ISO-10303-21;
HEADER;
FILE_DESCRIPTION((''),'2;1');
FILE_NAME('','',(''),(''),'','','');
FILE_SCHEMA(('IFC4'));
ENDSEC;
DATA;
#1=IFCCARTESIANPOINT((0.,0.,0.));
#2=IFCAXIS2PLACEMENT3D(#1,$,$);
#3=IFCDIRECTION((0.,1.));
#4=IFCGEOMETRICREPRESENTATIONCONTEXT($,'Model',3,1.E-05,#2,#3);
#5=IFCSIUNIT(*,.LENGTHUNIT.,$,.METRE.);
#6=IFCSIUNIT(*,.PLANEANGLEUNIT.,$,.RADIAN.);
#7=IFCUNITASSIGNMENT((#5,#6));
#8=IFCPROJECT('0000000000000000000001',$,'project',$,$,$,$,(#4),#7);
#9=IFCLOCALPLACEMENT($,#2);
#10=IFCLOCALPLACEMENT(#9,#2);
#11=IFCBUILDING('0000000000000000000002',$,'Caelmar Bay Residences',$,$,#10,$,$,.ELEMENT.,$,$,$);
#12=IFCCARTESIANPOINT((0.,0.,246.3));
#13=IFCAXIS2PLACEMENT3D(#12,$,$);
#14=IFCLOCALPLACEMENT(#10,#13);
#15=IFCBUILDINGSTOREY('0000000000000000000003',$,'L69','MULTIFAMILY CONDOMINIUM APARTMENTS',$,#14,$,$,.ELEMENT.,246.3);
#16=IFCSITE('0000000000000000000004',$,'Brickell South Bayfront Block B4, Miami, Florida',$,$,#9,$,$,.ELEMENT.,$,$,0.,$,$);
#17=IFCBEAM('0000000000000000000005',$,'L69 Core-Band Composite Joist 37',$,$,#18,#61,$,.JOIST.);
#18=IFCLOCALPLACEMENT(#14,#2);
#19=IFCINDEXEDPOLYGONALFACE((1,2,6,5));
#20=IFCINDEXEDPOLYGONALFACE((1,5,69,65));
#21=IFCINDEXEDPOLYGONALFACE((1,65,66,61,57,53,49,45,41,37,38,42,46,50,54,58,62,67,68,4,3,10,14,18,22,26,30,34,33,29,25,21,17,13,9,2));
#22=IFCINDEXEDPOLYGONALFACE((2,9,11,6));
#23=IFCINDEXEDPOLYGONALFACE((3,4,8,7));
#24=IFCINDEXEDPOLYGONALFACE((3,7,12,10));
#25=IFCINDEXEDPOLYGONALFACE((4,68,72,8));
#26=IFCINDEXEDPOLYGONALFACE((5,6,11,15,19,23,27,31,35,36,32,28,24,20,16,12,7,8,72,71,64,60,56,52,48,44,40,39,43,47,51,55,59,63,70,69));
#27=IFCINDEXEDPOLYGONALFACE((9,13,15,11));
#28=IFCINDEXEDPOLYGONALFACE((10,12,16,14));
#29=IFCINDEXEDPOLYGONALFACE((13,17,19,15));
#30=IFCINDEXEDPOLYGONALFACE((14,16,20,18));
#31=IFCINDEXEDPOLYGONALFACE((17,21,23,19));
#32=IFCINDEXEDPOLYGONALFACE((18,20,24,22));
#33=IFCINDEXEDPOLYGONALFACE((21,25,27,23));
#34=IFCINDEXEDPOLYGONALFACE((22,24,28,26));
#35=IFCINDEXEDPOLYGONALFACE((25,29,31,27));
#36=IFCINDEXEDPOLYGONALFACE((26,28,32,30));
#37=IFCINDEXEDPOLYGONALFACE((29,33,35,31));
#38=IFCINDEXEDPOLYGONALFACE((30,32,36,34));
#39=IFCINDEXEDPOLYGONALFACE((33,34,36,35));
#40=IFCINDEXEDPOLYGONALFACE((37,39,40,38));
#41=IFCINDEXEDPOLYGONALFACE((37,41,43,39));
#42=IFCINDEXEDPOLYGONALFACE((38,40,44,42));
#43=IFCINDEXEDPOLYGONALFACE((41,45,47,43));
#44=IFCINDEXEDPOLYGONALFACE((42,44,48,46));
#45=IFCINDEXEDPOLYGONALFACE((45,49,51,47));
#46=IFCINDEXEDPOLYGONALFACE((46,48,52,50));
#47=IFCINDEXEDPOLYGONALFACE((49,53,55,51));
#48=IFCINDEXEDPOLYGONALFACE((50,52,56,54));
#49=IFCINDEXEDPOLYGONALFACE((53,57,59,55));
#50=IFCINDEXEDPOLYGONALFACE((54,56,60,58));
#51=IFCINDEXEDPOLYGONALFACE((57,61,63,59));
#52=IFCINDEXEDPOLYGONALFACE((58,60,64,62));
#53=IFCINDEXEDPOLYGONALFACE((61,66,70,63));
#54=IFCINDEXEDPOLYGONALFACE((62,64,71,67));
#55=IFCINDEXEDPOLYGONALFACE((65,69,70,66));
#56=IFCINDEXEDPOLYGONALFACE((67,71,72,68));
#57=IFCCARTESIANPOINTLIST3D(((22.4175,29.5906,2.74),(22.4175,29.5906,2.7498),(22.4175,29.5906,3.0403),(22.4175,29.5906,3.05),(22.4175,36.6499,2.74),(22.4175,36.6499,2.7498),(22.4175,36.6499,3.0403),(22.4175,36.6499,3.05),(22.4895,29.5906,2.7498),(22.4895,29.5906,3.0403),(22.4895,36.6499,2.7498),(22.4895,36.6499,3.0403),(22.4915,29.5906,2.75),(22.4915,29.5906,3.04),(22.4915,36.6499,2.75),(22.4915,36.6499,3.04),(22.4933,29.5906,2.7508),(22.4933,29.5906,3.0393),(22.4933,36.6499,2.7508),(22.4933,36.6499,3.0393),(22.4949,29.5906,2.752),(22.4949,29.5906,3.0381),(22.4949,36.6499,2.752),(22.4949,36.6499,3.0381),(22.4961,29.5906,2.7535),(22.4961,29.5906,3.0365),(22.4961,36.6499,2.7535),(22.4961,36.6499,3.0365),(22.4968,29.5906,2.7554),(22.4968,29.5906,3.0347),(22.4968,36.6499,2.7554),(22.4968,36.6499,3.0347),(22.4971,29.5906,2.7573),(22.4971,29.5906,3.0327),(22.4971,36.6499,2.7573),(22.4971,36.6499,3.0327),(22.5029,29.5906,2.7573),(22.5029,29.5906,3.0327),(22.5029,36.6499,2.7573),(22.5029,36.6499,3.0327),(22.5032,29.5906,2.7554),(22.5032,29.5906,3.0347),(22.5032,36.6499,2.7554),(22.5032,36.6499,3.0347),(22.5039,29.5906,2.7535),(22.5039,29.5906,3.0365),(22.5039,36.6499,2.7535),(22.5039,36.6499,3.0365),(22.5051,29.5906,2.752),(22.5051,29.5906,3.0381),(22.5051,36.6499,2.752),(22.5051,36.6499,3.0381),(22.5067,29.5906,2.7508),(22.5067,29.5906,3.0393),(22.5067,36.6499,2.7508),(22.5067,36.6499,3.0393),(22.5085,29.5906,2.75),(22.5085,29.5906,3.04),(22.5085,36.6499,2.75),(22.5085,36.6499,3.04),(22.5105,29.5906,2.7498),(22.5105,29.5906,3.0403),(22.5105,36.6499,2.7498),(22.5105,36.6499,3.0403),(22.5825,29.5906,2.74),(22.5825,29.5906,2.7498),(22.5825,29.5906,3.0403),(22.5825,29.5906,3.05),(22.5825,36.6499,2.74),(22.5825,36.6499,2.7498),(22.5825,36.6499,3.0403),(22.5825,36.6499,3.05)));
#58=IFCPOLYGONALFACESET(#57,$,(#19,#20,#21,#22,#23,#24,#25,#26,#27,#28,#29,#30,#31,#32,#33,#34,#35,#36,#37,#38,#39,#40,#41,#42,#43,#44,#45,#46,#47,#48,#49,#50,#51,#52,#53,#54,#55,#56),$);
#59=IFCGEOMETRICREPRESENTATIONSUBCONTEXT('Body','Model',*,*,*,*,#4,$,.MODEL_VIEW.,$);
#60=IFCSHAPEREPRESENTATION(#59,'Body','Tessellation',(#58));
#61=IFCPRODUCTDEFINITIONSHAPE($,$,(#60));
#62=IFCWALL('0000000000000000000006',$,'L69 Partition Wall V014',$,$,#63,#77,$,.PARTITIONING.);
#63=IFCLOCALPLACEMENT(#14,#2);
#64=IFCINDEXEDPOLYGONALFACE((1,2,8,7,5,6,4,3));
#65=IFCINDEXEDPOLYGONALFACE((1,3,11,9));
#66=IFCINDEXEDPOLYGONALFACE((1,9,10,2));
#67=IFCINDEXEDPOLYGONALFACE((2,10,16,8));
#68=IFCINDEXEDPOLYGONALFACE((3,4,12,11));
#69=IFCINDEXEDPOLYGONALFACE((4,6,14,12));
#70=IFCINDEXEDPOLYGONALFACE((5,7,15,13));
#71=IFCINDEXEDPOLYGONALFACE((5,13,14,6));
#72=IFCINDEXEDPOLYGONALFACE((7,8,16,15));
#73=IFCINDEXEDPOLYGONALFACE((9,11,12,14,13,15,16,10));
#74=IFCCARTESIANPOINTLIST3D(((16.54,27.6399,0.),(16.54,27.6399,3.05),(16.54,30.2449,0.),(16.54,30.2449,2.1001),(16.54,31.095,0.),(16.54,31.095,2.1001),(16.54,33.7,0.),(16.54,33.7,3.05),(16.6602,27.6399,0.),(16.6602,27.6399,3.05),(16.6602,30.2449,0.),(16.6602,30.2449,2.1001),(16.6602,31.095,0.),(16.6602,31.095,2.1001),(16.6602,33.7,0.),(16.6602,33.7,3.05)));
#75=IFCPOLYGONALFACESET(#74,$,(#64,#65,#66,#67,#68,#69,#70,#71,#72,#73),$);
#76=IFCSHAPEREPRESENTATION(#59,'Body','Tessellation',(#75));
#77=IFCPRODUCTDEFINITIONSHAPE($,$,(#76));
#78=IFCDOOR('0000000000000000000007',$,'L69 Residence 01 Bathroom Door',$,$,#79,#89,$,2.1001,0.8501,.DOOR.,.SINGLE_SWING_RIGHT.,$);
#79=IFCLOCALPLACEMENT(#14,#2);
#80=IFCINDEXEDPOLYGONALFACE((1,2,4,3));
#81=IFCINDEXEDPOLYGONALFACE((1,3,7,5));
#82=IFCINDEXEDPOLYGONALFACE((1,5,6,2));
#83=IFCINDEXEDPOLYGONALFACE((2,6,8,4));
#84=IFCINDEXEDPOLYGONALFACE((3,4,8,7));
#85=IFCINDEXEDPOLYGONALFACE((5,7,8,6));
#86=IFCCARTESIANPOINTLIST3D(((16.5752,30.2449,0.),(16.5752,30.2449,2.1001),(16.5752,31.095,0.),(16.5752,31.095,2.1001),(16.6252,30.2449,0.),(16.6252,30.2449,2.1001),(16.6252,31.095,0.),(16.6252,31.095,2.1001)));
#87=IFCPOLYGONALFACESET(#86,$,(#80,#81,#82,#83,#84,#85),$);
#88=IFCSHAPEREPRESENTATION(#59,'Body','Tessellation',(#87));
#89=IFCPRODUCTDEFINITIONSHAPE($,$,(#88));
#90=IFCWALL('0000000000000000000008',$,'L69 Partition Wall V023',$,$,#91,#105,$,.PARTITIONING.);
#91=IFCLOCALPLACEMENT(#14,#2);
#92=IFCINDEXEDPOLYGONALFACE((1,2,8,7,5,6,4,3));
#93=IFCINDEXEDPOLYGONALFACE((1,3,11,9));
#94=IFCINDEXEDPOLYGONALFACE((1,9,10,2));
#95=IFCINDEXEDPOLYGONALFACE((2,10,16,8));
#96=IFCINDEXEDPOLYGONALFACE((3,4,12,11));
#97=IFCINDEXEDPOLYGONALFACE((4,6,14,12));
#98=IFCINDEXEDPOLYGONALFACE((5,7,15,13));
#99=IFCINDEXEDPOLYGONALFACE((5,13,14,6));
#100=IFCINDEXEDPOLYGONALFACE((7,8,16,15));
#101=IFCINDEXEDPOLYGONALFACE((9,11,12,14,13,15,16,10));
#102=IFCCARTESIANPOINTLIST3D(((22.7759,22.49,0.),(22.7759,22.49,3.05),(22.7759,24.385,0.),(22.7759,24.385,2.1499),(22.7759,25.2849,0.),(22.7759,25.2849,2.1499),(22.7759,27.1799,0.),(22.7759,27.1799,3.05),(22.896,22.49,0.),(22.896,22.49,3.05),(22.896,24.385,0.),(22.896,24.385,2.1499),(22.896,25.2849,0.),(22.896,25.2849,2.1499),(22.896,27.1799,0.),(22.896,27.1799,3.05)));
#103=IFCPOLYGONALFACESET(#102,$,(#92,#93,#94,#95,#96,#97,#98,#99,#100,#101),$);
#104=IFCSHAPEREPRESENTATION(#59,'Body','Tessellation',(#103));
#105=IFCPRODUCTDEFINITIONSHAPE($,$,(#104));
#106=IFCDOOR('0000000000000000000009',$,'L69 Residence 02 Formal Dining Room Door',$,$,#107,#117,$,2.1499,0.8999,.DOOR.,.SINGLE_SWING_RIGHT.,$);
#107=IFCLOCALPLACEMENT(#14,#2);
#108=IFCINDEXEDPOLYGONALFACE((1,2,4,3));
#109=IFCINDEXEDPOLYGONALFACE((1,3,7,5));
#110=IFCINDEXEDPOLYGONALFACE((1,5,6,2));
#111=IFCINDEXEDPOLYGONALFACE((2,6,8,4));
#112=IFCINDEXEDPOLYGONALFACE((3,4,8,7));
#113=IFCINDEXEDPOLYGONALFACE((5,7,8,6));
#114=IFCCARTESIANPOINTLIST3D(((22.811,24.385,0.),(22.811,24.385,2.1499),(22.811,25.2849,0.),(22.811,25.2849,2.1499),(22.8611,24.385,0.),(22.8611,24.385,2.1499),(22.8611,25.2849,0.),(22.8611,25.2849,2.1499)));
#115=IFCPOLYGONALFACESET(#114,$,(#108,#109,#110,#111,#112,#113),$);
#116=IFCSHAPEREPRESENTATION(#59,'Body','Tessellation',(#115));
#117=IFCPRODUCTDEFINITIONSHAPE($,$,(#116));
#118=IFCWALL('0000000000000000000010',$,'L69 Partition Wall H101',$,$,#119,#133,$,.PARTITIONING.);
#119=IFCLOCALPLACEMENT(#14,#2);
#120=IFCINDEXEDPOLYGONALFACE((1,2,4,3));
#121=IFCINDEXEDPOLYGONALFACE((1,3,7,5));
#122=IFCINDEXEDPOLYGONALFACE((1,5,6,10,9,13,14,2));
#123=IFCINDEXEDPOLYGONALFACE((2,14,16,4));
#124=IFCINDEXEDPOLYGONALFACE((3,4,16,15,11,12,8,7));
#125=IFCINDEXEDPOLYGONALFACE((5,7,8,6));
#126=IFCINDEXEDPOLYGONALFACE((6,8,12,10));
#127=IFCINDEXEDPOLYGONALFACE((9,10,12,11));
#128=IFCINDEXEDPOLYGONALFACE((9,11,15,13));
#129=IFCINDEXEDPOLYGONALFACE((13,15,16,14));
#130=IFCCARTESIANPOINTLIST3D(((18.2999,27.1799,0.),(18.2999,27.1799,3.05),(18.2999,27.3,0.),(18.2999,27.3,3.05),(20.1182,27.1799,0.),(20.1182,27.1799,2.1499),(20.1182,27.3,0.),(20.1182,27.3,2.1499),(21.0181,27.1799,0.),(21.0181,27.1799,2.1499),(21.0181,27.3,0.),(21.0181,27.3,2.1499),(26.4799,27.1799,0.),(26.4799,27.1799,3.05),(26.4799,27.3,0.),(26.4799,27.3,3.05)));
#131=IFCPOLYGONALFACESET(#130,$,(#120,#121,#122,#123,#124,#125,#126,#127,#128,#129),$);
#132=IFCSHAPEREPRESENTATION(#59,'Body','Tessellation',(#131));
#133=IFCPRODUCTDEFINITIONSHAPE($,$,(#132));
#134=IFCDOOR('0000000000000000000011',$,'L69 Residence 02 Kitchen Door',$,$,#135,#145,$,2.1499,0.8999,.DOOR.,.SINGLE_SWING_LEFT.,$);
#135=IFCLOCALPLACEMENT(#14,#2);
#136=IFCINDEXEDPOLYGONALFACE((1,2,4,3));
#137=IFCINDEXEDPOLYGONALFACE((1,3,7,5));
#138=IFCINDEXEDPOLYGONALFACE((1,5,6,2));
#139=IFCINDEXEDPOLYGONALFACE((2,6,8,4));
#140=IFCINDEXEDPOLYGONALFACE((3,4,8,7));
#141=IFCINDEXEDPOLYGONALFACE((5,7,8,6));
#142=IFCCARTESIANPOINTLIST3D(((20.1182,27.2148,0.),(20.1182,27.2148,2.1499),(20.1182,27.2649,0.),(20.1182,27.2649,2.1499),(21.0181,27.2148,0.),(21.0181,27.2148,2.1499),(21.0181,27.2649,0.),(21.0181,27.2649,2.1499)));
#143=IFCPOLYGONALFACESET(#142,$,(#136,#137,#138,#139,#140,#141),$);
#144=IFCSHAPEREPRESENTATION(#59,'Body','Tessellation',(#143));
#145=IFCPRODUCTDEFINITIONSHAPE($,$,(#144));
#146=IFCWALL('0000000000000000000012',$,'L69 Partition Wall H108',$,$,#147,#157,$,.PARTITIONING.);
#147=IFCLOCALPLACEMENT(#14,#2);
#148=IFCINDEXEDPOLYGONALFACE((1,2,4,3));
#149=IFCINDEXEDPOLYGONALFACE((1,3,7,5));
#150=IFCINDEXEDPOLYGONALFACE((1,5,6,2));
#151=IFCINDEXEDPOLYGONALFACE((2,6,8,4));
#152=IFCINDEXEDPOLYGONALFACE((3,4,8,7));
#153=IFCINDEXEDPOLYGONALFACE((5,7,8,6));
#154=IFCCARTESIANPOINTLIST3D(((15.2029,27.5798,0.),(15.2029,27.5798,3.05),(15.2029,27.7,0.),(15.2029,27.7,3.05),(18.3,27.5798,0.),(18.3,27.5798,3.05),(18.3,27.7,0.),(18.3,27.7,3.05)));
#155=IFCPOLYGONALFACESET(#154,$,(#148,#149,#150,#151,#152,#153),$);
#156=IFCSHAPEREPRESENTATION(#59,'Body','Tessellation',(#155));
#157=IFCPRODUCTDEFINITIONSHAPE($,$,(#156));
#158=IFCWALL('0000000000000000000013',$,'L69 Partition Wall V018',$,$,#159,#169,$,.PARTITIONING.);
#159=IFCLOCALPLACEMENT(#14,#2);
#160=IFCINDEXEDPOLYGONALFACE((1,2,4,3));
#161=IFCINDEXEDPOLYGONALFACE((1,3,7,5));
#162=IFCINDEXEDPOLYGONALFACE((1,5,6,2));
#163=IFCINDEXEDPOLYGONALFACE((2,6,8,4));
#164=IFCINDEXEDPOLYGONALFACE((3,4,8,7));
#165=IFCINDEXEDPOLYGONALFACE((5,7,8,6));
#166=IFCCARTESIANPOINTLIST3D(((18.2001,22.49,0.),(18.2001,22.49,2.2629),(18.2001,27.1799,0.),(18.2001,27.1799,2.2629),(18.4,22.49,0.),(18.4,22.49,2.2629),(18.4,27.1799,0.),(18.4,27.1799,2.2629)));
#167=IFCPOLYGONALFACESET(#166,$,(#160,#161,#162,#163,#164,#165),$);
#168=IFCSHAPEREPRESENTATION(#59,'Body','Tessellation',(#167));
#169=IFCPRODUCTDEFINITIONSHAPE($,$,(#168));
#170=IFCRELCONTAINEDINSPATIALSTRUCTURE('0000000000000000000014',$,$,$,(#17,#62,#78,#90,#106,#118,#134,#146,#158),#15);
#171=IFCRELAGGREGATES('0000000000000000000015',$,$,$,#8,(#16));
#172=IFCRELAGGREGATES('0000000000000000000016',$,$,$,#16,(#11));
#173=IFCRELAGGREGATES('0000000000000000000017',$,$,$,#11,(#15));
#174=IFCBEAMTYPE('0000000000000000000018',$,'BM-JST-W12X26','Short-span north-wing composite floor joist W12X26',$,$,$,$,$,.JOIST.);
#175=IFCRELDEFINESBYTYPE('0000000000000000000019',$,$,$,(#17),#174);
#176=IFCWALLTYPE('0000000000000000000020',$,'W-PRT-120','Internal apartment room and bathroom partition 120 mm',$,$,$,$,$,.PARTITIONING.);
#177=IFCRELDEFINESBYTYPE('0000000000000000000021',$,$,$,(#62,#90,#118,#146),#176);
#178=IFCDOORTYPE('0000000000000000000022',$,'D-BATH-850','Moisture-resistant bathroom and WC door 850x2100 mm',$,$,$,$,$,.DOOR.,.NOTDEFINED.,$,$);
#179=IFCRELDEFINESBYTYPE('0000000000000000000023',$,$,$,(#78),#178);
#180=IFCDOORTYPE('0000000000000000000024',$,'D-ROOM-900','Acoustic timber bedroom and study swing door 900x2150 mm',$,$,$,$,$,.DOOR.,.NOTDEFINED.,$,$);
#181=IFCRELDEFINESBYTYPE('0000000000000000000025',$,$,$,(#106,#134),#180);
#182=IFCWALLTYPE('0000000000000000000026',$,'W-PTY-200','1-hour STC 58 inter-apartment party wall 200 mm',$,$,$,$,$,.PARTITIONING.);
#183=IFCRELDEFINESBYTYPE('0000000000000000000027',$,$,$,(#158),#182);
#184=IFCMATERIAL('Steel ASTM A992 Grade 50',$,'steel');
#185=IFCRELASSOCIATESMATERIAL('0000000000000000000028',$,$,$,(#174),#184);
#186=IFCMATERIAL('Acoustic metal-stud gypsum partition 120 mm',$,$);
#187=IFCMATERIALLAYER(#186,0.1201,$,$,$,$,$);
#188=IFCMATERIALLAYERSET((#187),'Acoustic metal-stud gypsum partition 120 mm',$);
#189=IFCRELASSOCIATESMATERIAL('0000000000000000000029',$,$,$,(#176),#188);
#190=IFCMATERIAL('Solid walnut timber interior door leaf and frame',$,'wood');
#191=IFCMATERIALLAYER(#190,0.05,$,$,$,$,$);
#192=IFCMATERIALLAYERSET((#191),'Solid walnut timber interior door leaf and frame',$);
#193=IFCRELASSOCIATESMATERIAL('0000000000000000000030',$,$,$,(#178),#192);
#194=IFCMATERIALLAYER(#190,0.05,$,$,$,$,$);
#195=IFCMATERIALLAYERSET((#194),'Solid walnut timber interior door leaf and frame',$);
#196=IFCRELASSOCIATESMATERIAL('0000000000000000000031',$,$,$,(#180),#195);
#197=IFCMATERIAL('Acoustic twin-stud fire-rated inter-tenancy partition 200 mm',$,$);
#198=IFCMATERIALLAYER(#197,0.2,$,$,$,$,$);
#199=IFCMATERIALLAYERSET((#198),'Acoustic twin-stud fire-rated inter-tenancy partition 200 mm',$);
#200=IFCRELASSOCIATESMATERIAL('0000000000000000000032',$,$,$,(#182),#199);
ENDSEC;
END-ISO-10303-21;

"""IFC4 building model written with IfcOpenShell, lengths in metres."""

from ifc_helpers import new_model, si_unit, direction, frame, frame_2d, origin, origin_2d, place, context, subcontext, project, spatial, rectangle, i_section, extrude, material, layer, layer_set, material_profile, profile_set, type_object, element, fill, save


model = new_model("IFC4")

# Units and contexts
model_context = context("Model", 3, precision=1e-05, world=origin(), true_north=direction((0.0, 1.0)))
body_context = subcontext(model_context, "Body", "Model", "MODEL_VIEW")
ifc_project = project(units=[si_unit("LENGTHUNIT", "METRE"), si_unit("PLANEANGLEUNIT", "RADIAN")], contexts=[model_context])

# Site, building, storey
site_placement = place(None, origin())
site = spatial("IfcSite", under=ifc_project, at=site_placement, Name="Brickell South Bayfront Block B4, Miami, Florida", CompositionType="ELEMENT", RefElevation=0.0)
building_placement = place(site_placement, origin())
building = spatial("IfcBuilding", under=site, at=building_placement, Name="Caelmar Bay Residences", CompositionType="ELEMENT")
storey_placement = place(building_placement, frame((0.0, 0.0, 246.3)))
storey = spatial("IfcBuildingStorey", under=building, at=storey_placement, Name="L69", Description="MULTIFAMILY CONDOMINIUM APARTMENTS", CompositionType="ELEMENT", Elevation=246.3)

# Beam
ifc_material_1 = material(Name="Steel ASTM A992 Grade 50", Category="steel")
ifc_material_profile_1 = material_profile(ifc_material_1, i_section(OverallWidth=0.165, OverallDepth=0.3101, WebThickness=0.0059, FlangeThickness=0.0098, FilletRadius=0.0076, at=origin_2d()), Name="W12X26")
ifc_profile_set_1 = profile_set([ifc_material_profile_1], Name="Steel ASTM A992 Grade 50")
beam_type_1 = type_object("IfcBeamType", Name="BM-JST-W12X26", Description="Short-span north-wing composite floor joist W12X26", PredefinedType="JOIST", material=ifc_profile_set_1)
beam_1_placement = place(storey_placement, frame((22.5, 29.5906, 2.895), z_axis=(0.0, 1.0, 0.0), x_axis=(-1.0, 0.0, 0.0)))
element("IfcBeam", 1, at=beam_1_placement, inside=storey, type_object=beam_type_1, Name="L69 Core-Band Composite Joist 37", PredefinedType="JOIST", context=body_context, shape_type="SweptSolid", body=[
    extrude(i_section(OverallWidth=0.165, OverallDepth=0.3101, WebThickness=0.0059, FlangeThickness=0.0098, FilletRadius=0.0076, at=origin_2d()), origin(), (0.0, 0.0, 1.0), 7.0593),
])

# Walls, openings, doors
ifc_material_2 = material(Name="Acoustic metal-stud gypsum partition 120 mm")
ifc_layer_1 = layer(ifc_material_2, 0.1201)
ifc_layer_set_1 = layer_set([ifc_layer_1], Name="Acoustic metal-stud gypsum partition 120 mm")
wall_type_1 = type_object("IfcWallType", Name="W-PRT-120", Description="Internal apartment room and bathroom partition 120 mm", PredefinedType="PARTITIONING", material=ifc_layer_set_1)
wall_1_placement = place(storey_placement, frame((16.6001, 27.6399, 0.0), z_axis=(0.0, 0.0, 1.0), x_axis=(0.0, 1.0, 0.0)))
wall_1 = element("IfcWall", 2, at=wall_1_placement, inside=storey, type_object=wall_type_1, Name="L69 Partition Wall V014", PredefinedType="PARTITIONING", context=body_context, shape_type="SweptSolid", body=[
    extrude(rectangle(XDim=6.0601, YDim=0.1201, at=frame_2d((3.03, 0.0))), origin(), (0.0, 0.0, 1.0), 3.05),
])
opening_1_placement = place(wall_1_placement, frame((2.605, 0.0, 0.0)))
opening_1 = element("IfcOpeningElement", 3, at=opening_1_placement, cuts=wall_1, PredefinedType="OPENING", context=body_context, shape_type="SweptSolid", body=[
    extrude(rectangle(XDim=0.8501, YDim=2.1001, at=frame_2d((0.425, 1.05))), frame((0.0, 0.0701, 0.0), z_axis=(0.0, -1.0, 0.0), x_axis=(1.0, 0.0, 0.0)), (0.0, 0.0, 1.0), 0.1401),
])
ifc_material_3 = material(Name="Solid walnut timber interior door leaf and frame", Category="wood")
ifc_layer_2 = layer(ifc_material_3, 0.05)
ifc_layer_set_2 = layer_set([ifc_layer_2], Name="Solid walnut timber interior door leaf and frame")
door_type_1 = type_object("IfcDoorType", Name="D-BATH-850", Description="Moisture-resistant bathroom and WC door 850x2100 mm", OperationType="NOTDEFINED", PredefinedType="DOOR", material=ifc_layer_set_2)
door_1_placement = place(opening_1_placement, origin())
door_1 = element("IfcDoor", 4, at=door_1_placement, inside=storey, type_object=door_type_1, Name="L69 Residence 01 Bathroom Door", OperationType="SINGLE_SWING_RIGHT", OverallHeight=2.1001, OverallWidth=0.8501, PredefinedType="DOOR", context=body_context, shape_type="SweptSolid", body=[
    extrude(rectangle(XDim=0.8501, YDim=2.1001, at=frame_2d((0.425, 1.05))), frame((0.0, 0.0249, 0.0), z_axis=(0.0, -1.0, 0.0), x_axis=(1.0, 0.0, 0.0)), (0.0, 0.0, 1.0), 0.05),
])
fill(opening_1, door_1)
wall_2_placement = place(storey_placement, frame((22.8359, 22.49, 0.0), z_axis=(0.0, 0.0, 1.0), x_axis=(0.0, 1.0, 0.0)))
wall_2 = element("IfcWall", 5, at=wall_2_placement, inside=storey, type_object=wall_type_1, Name="L69 Partition Wall V023", PredefinedType="PARTITIONING", context=body_context, shape_type="SweptSolid", body=[
    extrude(rectangle(XDim=4.6899, YDim=0.1201, at=frame_2d((2.345, 0.0))), origin(), (0.0, 0.0, 1.0), 3.05),
])
opening_2_placement = place(wall_2_placement, frame((1.895, 0.0, 0.0)))
opening_2 = element("IfcOpeningElement", 6, at=opening_2_placement, cuts=wall_2, PredefinedType="OPENING", context=body_context, shape_type="SweptSolid", body=[
    extrude(rectangle(XDim=0.8999, YDim=2.1499, at=frame_2d((0.45, 1.075))), frame((0.0, 0.0701, 0.0), z_axis=(0.0, -1.0, 0.0), x_axis=(1.0, 0.0, 0.0)), (0.0, 0.0, 1.0), 0.1401),
])
ifc_layer_3 = layer(ifc_material_3, 0.05)
ifc_layer_set_3 = layer_set([ifc_layer_3], Name="Solid walnut timber interior door leaf and frame")
door_type_2 = type_object("IfcDoorType", Name="D-ROOM-900", Description="Acoustic timber bedroom and study swing door 900x2150 mm", OperationType="NOTDEFINED", PredefinedType="DOOR", material=ifc_layer_set_3)
door_2_placement = place(opening_2_placement, origin())
door_2 = element("IfcDoor", 7, at=door_2_placement, inside=storey, type_object=door_type_2, Name="L69 Residence 02 Formal Dining Room Door", OperationType="SINGLE_SWING_RIGHT", OverallHeight=2.1499, OverallWidth=0.8999, PredefinedType="DOOR", context=body_context, shape_type="SweptSolid", body=[
    extrude(rectangle(XDim=0.8999, YDim=2.1499, at=frame_2d((0.45, 1.075))), frame((0.0, 0.0249, 0.0), z_axis=(0.0, -1.0, 0.0), x_axis=(1.0, 0.0, 0.0)), (0.0, 0.0, 1.0), 0.05),
])
fill(opening_2, door_2)
wall_3_placement = place(storey_placement, frame((18.3, 27.24, 0.0), z_axis=(0.0, 0.0, 1.0), x_axis=(1.0, 0.0, 0.0)))
wall_3 = element("IfcWall", 8, at=wall_3_placement, inside=storey, type_object=wall_type_1, Name="L69 Partition Wall H101", PredefinedType="PARTITIONING", context=body_context, shape_type="SweptSolid", body=[
    extrude(rectangle(XDim=8.1799, YDim=0.1201, at=frame_2d((4.0898, 0.0))), origin(), (0.0, 0.0, 1.0), 3.05),
])
opening_3_placement = place(wall_3_placement, frame((1.8181, 0.0, 0.0)))
opening_3 = element("IfcOpeningElement", 9, at=opening_3_placement, cuts=wall_3, PredefinedType="OPENING", context=body_context, shape_type="SweptSolid", body=[
    extrude(rectangle(XDim=0.8999, YDim=2.1499, at=frame_2d((0.45, 1.075))), frame((0.0, 0.0701, 0.0), z_axis=(0.0, -1.0, 0.0), x_axis=(1.0, 0.0, 0.0)), (0.0, 0.0, 1.0), 0.1401),
])
door_3_placement = place(opening_3_placement, origin())
door_3 = element("IfcDoor", 10, at=door_3_placement, inside=storey, type_object=door_type_2, Name="L69 Residence 02 Kitchen Door", OperationType="SINGLE_SWING_LEFT", OverallHeight=2.1499, OverallWidth=0.8999, PredefinedType="DOOR", context=body_context, shape_type="SweptSolid", body=[
    extrude(rectangle(XDim=0.8999, YDim=2.1499, at=frame_2d((0.45, 1.075))), frame((0.0, 0.0249, 0.0), z_axis=(0.0, -1.0, 0.0), x_axis=(1.0, 0.0, 0.0)), (0.0, 0.0, 1.0), 0.05),
])
fill(opening_3, door_3)

# Walls
wall_4_placement = place(storey_placement, frame((15.2029, 27.6399, 0.0), z_axis=(0.0, 0.0, 1.0), x_axis=(1.0, 0.0, 0.0)))
element("IfcWall", 11, at=wall_4_placement, inside=storey, type_object=wall_type_1, Name="L69 Partition Wall H108", PredefinedType="PARTITIONING", context=body_context, shape_type="SweptSolid", body=[
    extrude(rectangle(XDim=3.0972, YDim=0.1201, at=frame_2d((1.5486, 0.0))), origin(), (0.0, 0.0, 1.0), 3.05),
])
ifc_material_4 = material(Name="Acoustic twin-stud fire-rated inter-tenancy partition 200 mm")
ifc_layer_4 = layer(ifc_material_4, 0.2)
ifc_layer_set_4 = layer_set([ifc_layer_4], Name="Acoustic twin-stud fire-rated inter-tenancy partition 200 mm")
wall_type_2 = type_object("IfcWallType", Name="W-PTY-200", Description="1-hour STC 58 inter-apartment party wall 200 mm", PredefinedType="PARTITIONING", material=ifc_layer_set_4)
wall_5_placement = place(storey_placement, frame((18.3, 22.49, 0.0), z_axis=(0.0, 0.0, 1.0), x_axis=(0.0, 1.0, 0.0)))
element("IfcWall", 12, at=wall_5_placement, inside=storey, type_object=wall_type_2, Name="L69 Partition Wall V018", PredefinedType="PARTITIONING", context=body_context, shape_type="SweptSolid", body=[
    extrude(rectangle(XDim=4.6899, YDim=0.2, at=frame_2d((2.345, 0.0))), origin(), (0.0, 0.0, 1.0), 2.2629),
])

save(model, "model.ifc")
